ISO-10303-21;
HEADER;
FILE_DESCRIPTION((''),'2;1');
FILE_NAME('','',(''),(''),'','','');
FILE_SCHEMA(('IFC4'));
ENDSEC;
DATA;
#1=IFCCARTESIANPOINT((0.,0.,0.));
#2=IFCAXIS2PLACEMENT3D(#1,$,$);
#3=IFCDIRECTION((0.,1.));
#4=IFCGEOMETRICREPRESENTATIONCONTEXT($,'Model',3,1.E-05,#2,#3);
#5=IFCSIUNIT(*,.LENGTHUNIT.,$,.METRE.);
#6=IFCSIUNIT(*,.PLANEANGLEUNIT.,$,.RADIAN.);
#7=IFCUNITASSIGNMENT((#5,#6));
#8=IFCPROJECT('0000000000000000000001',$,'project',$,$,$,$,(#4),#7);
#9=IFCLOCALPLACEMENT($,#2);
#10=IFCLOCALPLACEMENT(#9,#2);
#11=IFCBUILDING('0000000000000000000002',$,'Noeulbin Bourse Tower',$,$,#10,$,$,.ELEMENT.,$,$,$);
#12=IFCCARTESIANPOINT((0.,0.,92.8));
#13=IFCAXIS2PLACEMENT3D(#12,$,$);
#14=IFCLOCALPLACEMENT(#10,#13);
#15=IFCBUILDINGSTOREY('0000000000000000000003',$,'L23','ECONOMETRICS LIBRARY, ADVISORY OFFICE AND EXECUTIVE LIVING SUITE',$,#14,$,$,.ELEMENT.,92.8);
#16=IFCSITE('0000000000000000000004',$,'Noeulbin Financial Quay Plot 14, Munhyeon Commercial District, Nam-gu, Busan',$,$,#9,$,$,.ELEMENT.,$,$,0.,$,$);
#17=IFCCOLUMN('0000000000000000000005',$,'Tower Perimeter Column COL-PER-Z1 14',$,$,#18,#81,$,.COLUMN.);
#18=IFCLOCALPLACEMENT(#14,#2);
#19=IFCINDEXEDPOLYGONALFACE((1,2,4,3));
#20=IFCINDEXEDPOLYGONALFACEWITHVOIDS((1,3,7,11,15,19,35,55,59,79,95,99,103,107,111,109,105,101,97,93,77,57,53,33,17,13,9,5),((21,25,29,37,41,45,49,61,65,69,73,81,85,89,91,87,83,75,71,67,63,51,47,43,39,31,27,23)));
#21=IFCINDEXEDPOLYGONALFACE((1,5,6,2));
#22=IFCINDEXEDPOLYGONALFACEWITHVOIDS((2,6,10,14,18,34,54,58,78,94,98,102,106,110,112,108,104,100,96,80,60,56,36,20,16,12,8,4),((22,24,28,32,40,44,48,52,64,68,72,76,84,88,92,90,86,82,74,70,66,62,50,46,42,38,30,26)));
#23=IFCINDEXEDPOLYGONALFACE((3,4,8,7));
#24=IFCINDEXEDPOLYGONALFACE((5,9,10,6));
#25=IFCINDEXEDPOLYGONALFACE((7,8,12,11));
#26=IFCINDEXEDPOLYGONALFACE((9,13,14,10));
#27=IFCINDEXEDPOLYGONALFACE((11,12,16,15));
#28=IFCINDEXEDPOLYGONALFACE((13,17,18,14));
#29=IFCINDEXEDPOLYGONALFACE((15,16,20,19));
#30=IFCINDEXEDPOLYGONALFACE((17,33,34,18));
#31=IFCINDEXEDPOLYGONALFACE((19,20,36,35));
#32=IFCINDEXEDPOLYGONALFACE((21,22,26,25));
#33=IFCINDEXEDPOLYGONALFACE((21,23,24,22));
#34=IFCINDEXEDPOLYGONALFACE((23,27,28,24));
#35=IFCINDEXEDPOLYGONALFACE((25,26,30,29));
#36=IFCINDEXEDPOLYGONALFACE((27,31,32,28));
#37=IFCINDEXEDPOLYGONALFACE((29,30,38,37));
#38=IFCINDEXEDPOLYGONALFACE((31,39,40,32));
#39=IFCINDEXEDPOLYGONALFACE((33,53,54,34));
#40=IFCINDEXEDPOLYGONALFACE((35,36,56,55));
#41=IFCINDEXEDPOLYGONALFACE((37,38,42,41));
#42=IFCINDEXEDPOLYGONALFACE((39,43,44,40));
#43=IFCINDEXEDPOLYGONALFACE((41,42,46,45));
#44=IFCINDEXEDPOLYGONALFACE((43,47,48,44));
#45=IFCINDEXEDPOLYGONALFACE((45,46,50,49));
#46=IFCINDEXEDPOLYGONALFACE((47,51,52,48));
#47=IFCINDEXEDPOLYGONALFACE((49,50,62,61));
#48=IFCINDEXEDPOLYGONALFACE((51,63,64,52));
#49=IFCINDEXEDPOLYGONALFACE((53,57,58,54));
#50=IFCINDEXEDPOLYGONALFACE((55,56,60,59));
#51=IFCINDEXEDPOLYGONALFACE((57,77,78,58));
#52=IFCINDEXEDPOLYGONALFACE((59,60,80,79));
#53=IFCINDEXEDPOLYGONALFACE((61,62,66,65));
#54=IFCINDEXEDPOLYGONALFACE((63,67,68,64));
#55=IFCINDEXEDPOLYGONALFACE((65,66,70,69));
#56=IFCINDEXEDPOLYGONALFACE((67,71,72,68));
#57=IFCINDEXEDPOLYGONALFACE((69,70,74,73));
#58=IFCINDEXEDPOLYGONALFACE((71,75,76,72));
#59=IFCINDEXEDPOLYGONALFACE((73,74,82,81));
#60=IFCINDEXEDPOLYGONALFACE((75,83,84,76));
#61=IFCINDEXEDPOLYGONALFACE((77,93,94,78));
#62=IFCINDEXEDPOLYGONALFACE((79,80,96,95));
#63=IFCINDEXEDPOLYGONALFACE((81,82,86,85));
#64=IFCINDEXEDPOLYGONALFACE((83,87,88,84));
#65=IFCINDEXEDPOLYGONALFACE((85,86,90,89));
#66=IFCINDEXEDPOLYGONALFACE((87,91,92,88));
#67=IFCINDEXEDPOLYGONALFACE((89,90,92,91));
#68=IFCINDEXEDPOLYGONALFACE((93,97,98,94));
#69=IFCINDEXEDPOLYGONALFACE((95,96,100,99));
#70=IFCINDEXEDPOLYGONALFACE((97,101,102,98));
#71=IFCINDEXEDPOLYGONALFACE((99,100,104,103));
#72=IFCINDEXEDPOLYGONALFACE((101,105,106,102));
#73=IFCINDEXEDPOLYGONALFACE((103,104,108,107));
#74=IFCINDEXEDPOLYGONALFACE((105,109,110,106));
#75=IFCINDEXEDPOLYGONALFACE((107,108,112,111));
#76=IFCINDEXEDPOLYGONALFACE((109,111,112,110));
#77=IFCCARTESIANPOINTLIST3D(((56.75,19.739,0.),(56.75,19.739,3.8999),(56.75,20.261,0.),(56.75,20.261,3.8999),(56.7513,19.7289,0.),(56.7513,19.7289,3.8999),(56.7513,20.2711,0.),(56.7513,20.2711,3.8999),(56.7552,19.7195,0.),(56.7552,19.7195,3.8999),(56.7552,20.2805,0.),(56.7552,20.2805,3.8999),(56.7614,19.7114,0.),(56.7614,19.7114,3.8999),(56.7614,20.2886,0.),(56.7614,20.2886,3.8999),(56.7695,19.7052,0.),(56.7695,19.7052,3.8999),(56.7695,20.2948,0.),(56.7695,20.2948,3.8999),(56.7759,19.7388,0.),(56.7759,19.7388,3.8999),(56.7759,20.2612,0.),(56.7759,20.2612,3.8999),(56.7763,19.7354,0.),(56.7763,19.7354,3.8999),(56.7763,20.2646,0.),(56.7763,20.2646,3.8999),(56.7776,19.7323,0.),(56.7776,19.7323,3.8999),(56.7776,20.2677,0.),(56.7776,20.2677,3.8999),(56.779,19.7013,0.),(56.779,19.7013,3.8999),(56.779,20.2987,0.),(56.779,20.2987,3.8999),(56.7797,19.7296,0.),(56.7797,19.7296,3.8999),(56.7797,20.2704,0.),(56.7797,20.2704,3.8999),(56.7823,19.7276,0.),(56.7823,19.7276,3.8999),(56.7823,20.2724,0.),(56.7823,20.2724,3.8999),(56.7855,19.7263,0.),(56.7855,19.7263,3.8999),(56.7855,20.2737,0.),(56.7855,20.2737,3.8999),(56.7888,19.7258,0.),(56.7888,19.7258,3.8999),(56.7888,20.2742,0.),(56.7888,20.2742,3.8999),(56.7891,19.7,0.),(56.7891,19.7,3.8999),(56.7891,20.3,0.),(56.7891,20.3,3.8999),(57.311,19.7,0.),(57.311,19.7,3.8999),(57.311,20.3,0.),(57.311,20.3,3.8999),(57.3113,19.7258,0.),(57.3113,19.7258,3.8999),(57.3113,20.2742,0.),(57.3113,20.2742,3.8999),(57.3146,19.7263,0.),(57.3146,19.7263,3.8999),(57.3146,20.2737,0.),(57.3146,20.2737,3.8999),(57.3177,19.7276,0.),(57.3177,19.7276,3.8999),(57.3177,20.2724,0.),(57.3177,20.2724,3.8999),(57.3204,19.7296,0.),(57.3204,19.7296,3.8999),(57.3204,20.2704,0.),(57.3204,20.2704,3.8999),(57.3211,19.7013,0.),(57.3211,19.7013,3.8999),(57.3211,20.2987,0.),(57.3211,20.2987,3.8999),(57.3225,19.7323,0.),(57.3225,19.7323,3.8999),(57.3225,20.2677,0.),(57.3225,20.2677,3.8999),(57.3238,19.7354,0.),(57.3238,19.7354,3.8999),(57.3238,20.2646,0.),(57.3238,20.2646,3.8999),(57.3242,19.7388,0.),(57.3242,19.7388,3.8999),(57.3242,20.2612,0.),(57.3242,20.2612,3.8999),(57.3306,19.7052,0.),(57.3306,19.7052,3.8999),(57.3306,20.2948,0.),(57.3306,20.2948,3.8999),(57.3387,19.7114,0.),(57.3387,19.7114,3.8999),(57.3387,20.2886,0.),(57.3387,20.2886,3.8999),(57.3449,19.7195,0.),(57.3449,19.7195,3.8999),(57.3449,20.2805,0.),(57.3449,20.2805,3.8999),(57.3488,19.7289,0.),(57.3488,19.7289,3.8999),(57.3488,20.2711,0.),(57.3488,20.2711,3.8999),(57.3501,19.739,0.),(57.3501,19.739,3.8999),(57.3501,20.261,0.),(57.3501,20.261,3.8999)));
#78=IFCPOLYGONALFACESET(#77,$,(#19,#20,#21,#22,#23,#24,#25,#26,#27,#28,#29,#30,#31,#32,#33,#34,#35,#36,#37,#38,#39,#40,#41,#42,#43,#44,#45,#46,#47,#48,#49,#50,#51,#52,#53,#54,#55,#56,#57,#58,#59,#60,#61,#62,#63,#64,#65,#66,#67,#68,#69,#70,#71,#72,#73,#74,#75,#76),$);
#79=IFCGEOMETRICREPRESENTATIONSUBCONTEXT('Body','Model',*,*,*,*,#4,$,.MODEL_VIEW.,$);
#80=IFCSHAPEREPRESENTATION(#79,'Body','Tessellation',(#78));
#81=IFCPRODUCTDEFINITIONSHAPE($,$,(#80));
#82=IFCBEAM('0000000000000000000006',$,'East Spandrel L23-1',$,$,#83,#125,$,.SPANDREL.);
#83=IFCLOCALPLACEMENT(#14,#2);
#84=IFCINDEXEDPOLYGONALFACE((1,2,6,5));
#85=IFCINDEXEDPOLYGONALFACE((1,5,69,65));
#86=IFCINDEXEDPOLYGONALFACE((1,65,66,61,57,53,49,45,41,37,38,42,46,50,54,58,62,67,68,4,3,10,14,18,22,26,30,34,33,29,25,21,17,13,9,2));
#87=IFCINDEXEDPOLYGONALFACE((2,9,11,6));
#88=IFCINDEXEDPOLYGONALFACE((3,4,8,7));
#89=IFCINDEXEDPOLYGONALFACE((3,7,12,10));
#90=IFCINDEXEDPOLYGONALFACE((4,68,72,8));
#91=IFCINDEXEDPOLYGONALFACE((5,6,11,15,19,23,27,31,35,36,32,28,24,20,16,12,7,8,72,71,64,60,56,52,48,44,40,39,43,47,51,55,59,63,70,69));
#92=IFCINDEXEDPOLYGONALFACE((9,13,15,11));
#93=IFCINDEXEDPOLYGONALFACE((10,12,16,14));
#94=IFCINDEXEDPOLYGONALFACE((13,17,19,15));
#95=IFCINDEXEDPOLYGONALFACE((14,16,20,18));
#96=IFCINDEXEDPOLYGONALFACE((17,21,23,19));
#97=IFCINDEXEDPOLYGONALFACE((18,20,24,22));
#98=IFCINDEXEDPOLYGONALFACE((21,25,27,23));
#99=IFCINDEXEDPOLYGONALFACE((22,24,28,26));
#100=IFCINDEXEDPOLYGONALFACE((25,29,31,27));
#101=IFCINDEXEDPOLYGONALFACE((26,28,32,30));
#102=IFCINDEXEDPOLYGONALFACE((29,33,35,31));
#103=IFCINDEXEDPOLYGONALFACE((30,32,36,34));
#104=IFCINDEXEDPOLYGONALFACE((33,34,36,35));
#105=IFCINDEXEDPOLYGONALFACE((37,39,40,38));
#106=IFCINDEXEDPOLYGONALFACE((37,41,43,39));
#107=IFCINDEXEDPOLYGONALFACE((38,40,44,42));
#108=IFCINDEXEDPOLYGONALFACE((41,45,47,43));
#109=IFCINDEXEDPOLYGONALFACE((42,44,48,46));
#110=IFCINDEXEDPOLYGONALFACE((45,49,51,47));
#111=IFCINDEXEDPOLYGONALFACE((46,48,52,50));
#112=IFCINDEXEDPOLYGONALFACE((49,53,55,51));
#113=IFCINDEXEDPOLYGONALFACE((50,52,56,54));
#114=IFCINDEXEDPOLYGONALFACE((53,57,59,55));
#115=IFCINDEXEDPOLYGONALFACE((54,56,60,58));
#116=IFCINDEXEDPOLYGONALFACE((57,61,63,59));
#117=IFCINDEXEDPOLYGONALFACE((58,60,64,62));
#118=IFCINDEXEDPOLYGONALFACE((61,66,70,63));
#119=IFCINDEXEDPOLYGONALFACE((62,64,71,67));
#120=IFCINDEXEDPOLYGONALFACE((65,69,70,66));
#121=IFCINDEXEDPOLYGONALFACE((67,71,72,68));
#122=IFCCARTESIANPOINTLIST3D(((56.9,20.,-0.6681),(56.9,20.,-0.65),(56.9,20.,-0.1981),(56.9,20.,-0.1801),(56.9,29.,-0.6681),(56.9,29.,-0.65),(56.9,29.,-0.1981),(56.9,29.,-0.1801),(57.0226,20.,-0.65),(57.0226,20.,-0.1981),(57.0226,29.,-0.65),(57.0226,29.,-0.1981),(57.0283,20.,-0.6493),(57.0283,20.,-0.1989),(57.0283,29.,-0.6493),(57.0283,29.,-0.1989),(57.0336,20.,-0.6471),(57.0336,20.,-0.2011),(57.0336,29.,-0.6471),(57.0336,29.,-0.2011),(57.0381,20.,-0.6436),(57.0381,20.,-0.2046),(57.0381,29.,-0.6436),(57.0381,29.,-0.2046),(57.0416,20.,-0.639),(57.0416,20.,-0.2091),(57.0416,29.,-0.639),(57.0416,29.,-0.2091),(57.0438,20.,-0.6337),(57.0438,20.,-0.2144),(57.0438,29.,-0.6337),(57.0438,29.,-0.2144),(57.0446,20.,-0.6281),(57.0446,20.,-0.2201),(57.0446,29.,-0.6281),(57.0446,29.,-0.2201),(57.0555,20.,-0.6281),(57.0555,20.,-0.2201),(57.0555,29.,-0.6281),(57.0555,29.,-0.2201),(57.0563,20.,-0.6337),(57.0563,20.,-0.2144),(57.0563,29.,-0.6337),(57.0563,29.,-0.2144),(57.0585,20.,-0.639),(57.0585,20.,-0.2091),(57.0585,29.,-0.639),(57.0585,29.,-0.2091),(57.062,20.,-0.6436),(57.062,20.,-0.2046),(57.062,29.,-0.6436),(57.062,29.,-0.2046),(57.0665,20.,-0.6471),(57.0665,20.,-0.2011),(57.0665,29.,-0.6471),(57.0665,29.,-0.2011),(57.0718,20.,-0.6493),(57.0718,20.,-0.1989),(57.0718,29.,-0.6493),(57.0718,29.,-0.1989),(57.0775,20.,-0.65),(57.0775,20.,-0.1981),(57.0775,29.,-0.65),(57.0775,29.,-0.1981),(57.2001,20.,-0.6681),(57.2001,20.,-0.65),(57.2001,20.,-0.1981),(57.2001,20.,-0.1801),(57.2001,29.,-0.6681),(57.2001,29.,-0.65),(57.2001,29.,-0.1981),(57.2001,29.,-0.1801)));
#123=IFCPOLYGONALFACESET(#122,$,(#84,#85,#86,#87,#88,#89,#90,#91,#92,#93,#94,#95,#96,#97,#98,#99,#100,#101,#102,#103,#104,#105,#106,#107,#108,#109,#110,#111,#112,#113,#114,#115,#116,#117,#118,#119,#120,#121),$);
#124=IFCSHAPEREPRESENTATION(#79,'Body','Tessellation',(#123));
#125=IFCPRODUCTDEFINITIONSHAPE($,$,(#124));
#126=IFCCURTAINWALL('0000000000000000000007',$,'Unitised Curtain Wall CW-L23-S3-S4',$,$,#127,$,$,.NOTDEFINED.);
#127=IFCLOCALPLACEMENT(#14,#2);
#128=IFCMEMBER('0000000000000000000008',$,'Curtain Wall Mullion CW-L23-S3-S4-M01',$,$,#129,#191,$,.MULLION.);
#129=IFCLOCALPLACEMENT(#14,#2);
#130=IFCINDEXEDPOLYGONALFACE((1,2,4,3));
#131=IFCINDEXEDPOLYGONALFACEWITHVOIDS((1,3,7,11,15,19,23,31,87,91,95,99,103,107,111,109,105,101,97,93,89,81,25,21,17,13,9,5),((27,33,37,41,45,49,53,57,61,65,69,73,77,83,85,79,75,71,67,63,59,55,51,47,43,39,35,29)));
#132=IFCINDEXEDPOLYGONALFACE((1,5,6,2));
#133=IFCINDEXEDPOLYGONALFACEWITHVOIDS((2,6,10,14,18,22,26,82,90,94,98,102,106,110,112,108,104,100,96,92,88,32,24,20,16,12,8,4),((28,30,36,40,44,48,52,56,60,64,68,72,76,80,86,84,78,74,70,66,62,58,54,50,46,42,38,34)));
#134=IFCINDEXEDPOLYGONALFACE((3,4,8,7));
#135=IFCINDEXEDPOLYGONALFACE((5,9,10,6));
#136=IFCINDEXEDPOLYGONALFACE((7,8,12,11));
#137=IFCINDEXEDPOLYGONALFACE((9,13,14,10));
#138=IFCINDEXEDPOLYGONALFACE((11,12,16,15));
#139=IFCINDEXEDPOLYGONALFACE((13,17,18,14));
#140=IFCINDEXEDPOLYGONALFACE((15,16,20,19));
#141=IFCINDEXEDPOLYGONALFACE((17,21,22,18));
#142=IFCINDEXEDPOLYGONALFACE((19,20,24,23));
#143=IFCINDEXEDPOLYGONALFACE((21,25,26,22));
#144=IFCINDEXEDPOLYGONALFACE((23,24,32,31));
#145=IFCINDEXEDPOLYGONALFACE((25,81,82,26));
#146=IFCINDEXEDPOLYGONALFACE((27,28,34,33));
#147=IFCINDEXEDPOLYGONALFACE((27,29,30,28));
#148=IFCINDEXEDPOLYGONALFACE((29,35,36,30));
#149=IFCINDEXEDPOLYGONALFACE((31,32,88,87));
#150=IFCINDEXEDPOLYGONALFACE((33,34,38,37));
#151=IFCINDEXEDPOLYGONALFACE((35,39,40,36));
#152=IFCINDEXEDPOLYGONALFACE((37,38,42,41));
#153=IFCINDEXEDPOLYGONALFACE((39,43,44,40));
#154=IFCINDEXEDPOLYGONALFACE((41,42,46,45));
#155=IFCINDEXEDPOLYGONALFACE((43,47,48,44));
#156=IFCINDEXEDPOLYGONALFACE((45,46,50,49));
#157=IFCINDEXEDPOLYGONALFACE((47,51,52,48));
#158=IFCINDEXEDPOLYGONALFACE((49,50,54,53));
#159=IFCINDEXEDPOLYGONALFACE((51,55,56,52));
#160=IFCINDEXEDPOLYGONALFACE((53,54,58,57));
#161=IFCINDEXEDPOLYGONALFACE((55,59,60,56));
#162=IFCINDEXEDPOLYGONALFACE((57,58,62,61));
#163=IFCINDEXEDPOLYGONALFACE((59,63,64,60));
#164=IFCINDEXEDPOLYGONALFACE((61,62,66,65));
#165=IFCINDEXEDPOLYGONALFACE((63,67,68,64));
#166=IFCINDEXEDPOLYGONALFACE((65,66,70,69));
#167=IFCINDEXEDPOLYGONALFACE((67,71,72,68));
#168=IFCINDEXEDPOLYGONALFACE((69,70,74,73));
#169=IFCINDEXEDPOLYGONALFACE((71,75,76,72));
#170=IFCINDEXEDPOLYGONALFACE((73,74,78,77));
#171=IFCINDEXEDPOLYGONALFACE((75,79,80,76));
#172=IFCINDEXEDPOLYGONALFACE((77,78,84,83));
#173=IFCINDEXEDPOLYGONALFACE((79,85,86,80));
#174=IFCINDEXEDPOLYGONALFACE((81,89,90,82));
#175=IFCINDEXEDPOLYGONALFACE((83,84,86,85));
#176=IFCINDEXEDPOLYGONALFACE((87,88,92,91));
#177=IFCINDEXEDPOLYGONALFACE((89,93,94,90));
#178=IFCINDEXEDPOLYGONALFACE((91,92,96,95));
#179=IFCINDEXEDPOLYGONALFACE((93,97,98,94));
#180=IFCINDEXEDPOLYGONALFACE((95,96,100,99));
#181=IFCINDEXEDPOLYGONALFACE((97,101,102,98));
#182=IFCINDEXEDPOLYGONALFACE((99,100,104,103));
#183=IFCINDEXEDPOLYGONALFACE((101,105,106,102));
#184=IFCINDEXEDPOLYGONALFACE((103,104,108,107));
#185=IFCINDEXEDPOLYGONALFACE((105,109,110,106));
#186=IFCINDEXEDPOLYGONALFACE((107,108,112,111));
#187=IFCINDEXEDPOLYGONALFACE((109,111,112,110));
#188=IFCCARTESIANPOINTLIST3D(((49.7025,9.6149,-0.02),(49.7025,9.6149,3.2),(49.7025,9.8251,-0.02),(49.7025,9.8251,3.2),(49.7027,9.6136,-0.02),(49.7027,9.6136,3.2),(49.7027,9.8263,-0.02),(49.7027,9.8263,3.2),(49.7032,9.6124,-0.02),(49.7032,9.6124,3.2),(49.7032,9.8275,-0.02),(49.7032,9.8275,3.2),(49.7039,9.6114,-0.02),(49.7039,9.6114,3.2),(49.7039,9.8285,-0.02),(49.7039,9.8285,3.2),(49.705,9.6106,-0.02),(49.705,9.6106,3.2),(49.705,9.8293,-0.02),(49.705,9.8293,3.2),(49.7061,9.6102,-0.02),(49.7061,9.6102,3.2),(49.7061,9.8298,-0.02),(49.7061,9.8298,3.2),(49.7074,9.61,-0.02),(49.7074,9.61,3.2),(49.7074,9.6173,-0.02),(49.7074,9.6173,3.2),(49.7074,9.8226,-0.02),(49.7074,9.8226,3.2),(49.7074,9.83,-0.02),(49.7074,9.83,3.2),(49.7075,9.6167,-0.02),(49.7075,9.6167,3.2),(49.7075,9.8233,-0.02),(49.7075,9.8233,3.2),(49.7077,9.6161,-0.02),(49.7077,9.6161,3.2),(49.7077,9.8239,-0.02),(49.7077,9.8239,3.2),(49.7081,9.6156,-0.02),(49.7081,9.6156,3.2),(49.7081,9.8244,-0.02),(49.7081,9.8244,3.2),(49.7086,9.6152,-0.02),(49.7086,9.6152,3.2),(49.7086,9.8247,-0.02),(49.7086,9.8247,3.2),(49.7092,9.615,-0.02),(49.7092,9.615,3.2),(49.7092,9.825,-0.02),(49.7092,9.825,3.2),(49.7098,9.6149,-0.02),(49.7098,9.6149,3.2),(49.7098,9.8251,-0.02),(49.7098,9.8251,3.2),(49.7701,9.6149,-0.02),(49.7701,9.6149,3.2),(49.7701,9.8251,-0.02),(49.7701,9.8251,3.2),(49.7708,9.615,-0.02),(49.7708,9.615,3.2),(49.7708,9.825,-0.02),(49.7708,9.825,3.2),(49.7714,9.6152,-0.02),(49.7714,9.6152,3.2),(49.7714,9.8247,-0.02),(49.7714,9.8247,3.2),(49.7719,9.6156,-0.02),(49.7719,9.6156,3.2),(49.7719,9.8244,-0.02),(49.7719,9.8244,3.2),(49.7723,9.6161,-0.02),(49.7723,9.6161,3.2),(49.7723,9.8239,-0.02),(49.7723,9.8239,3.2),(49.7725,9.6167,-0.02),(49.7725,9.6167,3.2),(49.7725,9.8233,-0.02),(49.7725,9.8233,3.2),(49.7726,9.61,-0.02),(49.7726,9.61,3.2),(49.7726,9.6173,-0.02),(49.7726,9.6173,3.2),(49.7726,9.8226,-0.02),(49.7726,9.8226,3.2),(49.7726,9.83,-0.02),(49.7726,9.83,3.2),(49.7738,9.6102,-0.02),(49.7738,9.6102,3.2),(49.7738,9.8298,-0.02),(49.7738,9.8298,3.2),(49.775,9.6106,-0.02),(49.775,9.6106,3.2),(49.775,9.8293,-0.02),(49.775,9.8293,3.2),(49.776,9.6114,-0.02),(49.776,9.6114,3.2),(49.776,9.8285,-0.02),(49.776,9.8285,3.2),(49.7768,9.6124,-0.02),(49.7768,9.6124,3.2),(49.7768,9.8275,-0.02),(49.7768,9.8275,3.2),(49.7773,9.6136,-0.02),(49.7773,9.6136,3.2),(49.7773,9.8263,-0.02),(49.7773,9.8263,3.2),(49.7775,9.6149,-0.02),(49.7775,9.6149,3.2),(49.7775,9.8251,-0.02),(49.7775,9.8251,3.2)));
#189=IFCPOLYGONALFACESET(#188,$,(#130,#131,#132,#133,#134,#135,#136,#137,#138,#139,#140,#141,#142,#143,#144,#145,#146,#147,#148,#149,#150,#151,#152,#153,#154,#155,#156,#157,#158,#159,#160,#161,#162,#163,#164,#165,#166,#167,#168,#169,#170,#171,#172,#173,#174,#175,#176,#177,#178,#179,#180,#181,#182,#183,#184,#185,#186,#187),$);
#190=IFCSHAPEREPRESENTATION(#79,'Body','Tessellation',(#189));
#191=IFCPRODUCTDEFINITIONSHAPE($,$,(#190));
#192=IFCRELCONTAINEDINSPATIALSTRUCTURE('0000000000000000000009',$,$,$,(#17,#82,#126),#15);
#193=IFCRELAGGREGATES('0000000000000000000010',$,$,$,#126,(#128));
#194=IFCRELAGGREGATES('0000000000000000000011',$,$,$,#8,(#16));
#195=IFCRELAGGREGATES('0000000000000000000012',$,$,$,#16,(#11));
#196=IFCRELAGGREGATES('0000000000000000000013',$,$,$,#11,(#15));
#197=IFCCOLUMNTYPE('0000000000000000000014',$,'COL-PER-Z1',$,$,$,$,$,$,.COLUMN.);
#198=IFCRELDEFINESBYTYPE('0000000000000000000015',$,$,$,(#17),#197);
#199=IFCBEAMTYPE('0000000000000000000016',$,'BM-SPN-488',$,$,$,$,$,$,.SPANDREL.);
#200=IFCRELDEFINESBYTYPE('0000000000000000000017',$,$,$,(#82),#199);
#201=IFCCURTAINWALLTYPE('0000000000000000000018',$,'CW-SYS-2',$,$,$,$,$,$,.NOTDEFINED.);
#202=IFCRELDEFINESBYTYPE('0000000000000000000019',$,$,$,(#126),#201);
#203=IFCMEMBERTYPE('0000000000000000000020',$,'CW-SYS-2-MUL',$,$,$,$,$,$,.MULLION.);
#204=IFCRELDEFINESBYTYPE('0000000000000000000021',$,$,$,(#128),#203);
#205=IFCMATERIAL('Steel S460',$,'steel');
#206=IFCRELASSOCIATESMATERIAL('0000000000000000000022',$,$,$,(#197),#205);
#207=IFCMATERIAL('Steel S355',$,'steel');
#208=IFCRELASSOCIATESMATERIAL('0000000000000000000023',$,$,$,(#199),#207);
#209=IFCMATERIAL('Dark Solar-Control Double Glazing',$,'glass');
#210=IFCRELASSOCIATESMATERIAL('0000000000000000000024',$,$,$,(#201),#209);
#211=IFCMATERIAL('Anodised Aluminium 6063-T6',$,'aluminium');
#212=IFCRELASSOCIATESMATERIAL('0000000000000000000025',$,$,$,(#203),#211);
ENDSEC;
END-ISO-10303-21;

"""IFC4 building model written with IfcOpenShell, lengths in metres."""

from ifc_helpers import new_model, si_unit, direction, frame, origin, origin_2d, place, context, subcontext, project, spatial, hollow_rectangle, i_section, extrude, material, material_profile, profile_set, type_object, element, aggregate, save


model = new_model("IFC4")

# Units and contexts
model_context = context("Model", 3, precision=1e-05, world=origin(), true_north=direction((0.0, 1.0)))
body_context = subcontext(model_context, "Body", "Model", "MODEL_VIEW")
ifc_project = project(units=[si_unit("LENGTHUNIT", "METRE"), si_unit("PLANEANGLEUNIT", "RADIAN")], contexts=[model_context])

# Site, building, storey
site_placement = place(None, origin())
site = spatial("IfcSite", under=ifc_project, at=site_placement, Name="Noeulbin Financial Quay Plot 14, Munhyeon Commercial District, Nam-gu, Busan", CompositionType="ELEMENT", RefElevation=0.0)
building_placement = place(site_placement, origin())
building = spatial("IfcBuilding", under=site, at=building_placement, Name="Noeulbin Bourse Tower", CompositionType="ELEMENT")
storey_placement = place(building_placement, frame((0.0, 0.0, 92.8)))
storey = spatial("IfcBuildingStorey", under=building, at=storey_placement, Name="L23", Description="ECONOMETRICS LIBRARY, ADVISORY OFFICE AND EXECUTIVE LIVING SUITE", CompositionType="ELEMENT", Elevation=92.8)

# Column
ifc_material_1 = material(Name="Steel S460", Category="steel")
ifc_material_profile_1 = material_profile(ifc_material_1, hollow_rectangle(XDim=0.6001, YDim=0.6001, WallThickness=0.0259, InnerFilletRadius=0.0129, OuterFilletRadius=0.0391, at=origin_2d()), Name="BOX-600x600x26", Category="LoadBearing")
ifc_profile_set_1 = profile_set([ifc_material_profile_1], Name="Steel S460")
column_type = type_object("IfcColumnType", Name="COL-PER-Z1", PredefinedType="COLUMN", material=ifc_profile_set_1)
column_placement = place(storey_placement, frame((57.05, 20.0, 0.0), z_axis=(0.0, 0.0, 1.0), x_axis=(1.0, 0.0, 0.0)))
element("IfcColumn", 1, at=column_placement, inside=storey, type_object=column_type, Name="Tower Perimeter Column COL-PER-Z1 14", PredefinedType="COLUMN", context=body_context, shape_type="SweptSolid", body=[
    extrude(hollow_rectangle(XDim=0.6001, YDim=0.6001, WallThickness=0.0259, InnerFilletRadius=0.0129, OuterFilletRadius=0.0391, at=origin_2d()), origin(), (0.0, 0.0, 1.0), 3.8999),
])

# Beam
ifc_material_2 = material(Name="Steel S355", Category="steel")
ifc_material_profile_2 = material_profile(ifc_material_2, i_section(OverallWidth=0.3, OverallDepth=0.488, WebThickness=0.011, FlangeThickness=0.0181, FilletRadius=0.022, at=origin_2d()), Name="H-488x300x11x18", Category="LoadBearing")
ifc_profile_set_2 = profile_set([ifc_material_profile_2], Name="Steel S355")
beam_type = type_object("IfcBeamType", Name="BM-SPN-488", PredefinedType="SPANDREL", material=ifc_profile_set_2)
beam_placement = place(storey_placement, frame((57.05, 20.0, -0.4241), z_axis=(0.0, 1.0, 0.0), x_axis=(-1.0, 0.0, 0.0)))
element("IfcBeam", 2, at=beam_placement, inside=storey, type_object=beam_type, Name="East Spandrel L23-1", PredefinedType="SPANDREL", context=body_context, shape_type="SweptSolid", body=[
    extrude(i_section(OverallWidth=0.3, OverallDepth=0.488, WebThickness=0.011, FlangeThickness=0.0181, FilletRadius=0.022, at=origin_2d()), origin(), (0.0, 0.0, 1.0), 9.0),
])

# Curtain wall, member
ifc_material_3 = material(Name="Dark Solar-Control Double Glazing", Category="glass")
curtain_wall_type = type_object("IfcCurtainWallType", Name="CW-SYS-2", PredefinedType="NOTDEFINED", material=ifc_material_3)
curtain_wall_1_placement = place(storey_placement, origin())
curtain_wall_1 = element("IfcCurtainWall", 3, at=curtain_wall_1_placement, inside=storey, type_object=curtain_wall_type, Name="Unitised Curtain Wall CW-L23-S3-S4", PredefinedType="NOTDEFINED")
ifc_material_4 = material(Name="Anodised Aluminium 6063-T6", Category="aluminium")
ifc_material_profile_3 = material_profile(ifc_material_4, hollow_rectangle(XDim=0.075, YDim=0.22, WallThickness=0.0049, InnerFilletRadius=0.0024, OuterFilletRadius=0.0049, at=origin_2d()), Name="ALU-MULL-75x220x5", Category="LoadBearing")
ifc_profile_set_3 = profile_set([ifc_material_profile_3], Name="Anodised Aluminium 6063-T6")
member_type_1 = type_object("IfcMemberType", Name="CW-SYS-2-MUL", PredefinedType="MULLION", material=ifc_profile_set_3)
member_1_placement = place(storey_placement, frame((49.74, 9.72, -0.02), z_axis=(0.0, 0.0, 1.0), x_axis=(1.0, 0.0, 0.0)))
member_1 = element("IfcMember", 4, at=member_1_placement, type_object=member_type_1, Name="Curtain Wall Mullion CW-L23-S3-S4-M01", PredefinedType="MULLION", context=body_context, shape_type="SweptSolid", body=[
    extrude(hollow_rectangle(XDim=0.075, YDim=0.22, WallThickness=0.0049, InnerFilletRadius=0.0024, OuterFilletRadius=0.0049, at=origin_2d()), origin(), (0.0, 0.0, 1.0), 3.22),
])

aggregate(curtain_wall_1, [member_1])

save(model, "model.ifc")
